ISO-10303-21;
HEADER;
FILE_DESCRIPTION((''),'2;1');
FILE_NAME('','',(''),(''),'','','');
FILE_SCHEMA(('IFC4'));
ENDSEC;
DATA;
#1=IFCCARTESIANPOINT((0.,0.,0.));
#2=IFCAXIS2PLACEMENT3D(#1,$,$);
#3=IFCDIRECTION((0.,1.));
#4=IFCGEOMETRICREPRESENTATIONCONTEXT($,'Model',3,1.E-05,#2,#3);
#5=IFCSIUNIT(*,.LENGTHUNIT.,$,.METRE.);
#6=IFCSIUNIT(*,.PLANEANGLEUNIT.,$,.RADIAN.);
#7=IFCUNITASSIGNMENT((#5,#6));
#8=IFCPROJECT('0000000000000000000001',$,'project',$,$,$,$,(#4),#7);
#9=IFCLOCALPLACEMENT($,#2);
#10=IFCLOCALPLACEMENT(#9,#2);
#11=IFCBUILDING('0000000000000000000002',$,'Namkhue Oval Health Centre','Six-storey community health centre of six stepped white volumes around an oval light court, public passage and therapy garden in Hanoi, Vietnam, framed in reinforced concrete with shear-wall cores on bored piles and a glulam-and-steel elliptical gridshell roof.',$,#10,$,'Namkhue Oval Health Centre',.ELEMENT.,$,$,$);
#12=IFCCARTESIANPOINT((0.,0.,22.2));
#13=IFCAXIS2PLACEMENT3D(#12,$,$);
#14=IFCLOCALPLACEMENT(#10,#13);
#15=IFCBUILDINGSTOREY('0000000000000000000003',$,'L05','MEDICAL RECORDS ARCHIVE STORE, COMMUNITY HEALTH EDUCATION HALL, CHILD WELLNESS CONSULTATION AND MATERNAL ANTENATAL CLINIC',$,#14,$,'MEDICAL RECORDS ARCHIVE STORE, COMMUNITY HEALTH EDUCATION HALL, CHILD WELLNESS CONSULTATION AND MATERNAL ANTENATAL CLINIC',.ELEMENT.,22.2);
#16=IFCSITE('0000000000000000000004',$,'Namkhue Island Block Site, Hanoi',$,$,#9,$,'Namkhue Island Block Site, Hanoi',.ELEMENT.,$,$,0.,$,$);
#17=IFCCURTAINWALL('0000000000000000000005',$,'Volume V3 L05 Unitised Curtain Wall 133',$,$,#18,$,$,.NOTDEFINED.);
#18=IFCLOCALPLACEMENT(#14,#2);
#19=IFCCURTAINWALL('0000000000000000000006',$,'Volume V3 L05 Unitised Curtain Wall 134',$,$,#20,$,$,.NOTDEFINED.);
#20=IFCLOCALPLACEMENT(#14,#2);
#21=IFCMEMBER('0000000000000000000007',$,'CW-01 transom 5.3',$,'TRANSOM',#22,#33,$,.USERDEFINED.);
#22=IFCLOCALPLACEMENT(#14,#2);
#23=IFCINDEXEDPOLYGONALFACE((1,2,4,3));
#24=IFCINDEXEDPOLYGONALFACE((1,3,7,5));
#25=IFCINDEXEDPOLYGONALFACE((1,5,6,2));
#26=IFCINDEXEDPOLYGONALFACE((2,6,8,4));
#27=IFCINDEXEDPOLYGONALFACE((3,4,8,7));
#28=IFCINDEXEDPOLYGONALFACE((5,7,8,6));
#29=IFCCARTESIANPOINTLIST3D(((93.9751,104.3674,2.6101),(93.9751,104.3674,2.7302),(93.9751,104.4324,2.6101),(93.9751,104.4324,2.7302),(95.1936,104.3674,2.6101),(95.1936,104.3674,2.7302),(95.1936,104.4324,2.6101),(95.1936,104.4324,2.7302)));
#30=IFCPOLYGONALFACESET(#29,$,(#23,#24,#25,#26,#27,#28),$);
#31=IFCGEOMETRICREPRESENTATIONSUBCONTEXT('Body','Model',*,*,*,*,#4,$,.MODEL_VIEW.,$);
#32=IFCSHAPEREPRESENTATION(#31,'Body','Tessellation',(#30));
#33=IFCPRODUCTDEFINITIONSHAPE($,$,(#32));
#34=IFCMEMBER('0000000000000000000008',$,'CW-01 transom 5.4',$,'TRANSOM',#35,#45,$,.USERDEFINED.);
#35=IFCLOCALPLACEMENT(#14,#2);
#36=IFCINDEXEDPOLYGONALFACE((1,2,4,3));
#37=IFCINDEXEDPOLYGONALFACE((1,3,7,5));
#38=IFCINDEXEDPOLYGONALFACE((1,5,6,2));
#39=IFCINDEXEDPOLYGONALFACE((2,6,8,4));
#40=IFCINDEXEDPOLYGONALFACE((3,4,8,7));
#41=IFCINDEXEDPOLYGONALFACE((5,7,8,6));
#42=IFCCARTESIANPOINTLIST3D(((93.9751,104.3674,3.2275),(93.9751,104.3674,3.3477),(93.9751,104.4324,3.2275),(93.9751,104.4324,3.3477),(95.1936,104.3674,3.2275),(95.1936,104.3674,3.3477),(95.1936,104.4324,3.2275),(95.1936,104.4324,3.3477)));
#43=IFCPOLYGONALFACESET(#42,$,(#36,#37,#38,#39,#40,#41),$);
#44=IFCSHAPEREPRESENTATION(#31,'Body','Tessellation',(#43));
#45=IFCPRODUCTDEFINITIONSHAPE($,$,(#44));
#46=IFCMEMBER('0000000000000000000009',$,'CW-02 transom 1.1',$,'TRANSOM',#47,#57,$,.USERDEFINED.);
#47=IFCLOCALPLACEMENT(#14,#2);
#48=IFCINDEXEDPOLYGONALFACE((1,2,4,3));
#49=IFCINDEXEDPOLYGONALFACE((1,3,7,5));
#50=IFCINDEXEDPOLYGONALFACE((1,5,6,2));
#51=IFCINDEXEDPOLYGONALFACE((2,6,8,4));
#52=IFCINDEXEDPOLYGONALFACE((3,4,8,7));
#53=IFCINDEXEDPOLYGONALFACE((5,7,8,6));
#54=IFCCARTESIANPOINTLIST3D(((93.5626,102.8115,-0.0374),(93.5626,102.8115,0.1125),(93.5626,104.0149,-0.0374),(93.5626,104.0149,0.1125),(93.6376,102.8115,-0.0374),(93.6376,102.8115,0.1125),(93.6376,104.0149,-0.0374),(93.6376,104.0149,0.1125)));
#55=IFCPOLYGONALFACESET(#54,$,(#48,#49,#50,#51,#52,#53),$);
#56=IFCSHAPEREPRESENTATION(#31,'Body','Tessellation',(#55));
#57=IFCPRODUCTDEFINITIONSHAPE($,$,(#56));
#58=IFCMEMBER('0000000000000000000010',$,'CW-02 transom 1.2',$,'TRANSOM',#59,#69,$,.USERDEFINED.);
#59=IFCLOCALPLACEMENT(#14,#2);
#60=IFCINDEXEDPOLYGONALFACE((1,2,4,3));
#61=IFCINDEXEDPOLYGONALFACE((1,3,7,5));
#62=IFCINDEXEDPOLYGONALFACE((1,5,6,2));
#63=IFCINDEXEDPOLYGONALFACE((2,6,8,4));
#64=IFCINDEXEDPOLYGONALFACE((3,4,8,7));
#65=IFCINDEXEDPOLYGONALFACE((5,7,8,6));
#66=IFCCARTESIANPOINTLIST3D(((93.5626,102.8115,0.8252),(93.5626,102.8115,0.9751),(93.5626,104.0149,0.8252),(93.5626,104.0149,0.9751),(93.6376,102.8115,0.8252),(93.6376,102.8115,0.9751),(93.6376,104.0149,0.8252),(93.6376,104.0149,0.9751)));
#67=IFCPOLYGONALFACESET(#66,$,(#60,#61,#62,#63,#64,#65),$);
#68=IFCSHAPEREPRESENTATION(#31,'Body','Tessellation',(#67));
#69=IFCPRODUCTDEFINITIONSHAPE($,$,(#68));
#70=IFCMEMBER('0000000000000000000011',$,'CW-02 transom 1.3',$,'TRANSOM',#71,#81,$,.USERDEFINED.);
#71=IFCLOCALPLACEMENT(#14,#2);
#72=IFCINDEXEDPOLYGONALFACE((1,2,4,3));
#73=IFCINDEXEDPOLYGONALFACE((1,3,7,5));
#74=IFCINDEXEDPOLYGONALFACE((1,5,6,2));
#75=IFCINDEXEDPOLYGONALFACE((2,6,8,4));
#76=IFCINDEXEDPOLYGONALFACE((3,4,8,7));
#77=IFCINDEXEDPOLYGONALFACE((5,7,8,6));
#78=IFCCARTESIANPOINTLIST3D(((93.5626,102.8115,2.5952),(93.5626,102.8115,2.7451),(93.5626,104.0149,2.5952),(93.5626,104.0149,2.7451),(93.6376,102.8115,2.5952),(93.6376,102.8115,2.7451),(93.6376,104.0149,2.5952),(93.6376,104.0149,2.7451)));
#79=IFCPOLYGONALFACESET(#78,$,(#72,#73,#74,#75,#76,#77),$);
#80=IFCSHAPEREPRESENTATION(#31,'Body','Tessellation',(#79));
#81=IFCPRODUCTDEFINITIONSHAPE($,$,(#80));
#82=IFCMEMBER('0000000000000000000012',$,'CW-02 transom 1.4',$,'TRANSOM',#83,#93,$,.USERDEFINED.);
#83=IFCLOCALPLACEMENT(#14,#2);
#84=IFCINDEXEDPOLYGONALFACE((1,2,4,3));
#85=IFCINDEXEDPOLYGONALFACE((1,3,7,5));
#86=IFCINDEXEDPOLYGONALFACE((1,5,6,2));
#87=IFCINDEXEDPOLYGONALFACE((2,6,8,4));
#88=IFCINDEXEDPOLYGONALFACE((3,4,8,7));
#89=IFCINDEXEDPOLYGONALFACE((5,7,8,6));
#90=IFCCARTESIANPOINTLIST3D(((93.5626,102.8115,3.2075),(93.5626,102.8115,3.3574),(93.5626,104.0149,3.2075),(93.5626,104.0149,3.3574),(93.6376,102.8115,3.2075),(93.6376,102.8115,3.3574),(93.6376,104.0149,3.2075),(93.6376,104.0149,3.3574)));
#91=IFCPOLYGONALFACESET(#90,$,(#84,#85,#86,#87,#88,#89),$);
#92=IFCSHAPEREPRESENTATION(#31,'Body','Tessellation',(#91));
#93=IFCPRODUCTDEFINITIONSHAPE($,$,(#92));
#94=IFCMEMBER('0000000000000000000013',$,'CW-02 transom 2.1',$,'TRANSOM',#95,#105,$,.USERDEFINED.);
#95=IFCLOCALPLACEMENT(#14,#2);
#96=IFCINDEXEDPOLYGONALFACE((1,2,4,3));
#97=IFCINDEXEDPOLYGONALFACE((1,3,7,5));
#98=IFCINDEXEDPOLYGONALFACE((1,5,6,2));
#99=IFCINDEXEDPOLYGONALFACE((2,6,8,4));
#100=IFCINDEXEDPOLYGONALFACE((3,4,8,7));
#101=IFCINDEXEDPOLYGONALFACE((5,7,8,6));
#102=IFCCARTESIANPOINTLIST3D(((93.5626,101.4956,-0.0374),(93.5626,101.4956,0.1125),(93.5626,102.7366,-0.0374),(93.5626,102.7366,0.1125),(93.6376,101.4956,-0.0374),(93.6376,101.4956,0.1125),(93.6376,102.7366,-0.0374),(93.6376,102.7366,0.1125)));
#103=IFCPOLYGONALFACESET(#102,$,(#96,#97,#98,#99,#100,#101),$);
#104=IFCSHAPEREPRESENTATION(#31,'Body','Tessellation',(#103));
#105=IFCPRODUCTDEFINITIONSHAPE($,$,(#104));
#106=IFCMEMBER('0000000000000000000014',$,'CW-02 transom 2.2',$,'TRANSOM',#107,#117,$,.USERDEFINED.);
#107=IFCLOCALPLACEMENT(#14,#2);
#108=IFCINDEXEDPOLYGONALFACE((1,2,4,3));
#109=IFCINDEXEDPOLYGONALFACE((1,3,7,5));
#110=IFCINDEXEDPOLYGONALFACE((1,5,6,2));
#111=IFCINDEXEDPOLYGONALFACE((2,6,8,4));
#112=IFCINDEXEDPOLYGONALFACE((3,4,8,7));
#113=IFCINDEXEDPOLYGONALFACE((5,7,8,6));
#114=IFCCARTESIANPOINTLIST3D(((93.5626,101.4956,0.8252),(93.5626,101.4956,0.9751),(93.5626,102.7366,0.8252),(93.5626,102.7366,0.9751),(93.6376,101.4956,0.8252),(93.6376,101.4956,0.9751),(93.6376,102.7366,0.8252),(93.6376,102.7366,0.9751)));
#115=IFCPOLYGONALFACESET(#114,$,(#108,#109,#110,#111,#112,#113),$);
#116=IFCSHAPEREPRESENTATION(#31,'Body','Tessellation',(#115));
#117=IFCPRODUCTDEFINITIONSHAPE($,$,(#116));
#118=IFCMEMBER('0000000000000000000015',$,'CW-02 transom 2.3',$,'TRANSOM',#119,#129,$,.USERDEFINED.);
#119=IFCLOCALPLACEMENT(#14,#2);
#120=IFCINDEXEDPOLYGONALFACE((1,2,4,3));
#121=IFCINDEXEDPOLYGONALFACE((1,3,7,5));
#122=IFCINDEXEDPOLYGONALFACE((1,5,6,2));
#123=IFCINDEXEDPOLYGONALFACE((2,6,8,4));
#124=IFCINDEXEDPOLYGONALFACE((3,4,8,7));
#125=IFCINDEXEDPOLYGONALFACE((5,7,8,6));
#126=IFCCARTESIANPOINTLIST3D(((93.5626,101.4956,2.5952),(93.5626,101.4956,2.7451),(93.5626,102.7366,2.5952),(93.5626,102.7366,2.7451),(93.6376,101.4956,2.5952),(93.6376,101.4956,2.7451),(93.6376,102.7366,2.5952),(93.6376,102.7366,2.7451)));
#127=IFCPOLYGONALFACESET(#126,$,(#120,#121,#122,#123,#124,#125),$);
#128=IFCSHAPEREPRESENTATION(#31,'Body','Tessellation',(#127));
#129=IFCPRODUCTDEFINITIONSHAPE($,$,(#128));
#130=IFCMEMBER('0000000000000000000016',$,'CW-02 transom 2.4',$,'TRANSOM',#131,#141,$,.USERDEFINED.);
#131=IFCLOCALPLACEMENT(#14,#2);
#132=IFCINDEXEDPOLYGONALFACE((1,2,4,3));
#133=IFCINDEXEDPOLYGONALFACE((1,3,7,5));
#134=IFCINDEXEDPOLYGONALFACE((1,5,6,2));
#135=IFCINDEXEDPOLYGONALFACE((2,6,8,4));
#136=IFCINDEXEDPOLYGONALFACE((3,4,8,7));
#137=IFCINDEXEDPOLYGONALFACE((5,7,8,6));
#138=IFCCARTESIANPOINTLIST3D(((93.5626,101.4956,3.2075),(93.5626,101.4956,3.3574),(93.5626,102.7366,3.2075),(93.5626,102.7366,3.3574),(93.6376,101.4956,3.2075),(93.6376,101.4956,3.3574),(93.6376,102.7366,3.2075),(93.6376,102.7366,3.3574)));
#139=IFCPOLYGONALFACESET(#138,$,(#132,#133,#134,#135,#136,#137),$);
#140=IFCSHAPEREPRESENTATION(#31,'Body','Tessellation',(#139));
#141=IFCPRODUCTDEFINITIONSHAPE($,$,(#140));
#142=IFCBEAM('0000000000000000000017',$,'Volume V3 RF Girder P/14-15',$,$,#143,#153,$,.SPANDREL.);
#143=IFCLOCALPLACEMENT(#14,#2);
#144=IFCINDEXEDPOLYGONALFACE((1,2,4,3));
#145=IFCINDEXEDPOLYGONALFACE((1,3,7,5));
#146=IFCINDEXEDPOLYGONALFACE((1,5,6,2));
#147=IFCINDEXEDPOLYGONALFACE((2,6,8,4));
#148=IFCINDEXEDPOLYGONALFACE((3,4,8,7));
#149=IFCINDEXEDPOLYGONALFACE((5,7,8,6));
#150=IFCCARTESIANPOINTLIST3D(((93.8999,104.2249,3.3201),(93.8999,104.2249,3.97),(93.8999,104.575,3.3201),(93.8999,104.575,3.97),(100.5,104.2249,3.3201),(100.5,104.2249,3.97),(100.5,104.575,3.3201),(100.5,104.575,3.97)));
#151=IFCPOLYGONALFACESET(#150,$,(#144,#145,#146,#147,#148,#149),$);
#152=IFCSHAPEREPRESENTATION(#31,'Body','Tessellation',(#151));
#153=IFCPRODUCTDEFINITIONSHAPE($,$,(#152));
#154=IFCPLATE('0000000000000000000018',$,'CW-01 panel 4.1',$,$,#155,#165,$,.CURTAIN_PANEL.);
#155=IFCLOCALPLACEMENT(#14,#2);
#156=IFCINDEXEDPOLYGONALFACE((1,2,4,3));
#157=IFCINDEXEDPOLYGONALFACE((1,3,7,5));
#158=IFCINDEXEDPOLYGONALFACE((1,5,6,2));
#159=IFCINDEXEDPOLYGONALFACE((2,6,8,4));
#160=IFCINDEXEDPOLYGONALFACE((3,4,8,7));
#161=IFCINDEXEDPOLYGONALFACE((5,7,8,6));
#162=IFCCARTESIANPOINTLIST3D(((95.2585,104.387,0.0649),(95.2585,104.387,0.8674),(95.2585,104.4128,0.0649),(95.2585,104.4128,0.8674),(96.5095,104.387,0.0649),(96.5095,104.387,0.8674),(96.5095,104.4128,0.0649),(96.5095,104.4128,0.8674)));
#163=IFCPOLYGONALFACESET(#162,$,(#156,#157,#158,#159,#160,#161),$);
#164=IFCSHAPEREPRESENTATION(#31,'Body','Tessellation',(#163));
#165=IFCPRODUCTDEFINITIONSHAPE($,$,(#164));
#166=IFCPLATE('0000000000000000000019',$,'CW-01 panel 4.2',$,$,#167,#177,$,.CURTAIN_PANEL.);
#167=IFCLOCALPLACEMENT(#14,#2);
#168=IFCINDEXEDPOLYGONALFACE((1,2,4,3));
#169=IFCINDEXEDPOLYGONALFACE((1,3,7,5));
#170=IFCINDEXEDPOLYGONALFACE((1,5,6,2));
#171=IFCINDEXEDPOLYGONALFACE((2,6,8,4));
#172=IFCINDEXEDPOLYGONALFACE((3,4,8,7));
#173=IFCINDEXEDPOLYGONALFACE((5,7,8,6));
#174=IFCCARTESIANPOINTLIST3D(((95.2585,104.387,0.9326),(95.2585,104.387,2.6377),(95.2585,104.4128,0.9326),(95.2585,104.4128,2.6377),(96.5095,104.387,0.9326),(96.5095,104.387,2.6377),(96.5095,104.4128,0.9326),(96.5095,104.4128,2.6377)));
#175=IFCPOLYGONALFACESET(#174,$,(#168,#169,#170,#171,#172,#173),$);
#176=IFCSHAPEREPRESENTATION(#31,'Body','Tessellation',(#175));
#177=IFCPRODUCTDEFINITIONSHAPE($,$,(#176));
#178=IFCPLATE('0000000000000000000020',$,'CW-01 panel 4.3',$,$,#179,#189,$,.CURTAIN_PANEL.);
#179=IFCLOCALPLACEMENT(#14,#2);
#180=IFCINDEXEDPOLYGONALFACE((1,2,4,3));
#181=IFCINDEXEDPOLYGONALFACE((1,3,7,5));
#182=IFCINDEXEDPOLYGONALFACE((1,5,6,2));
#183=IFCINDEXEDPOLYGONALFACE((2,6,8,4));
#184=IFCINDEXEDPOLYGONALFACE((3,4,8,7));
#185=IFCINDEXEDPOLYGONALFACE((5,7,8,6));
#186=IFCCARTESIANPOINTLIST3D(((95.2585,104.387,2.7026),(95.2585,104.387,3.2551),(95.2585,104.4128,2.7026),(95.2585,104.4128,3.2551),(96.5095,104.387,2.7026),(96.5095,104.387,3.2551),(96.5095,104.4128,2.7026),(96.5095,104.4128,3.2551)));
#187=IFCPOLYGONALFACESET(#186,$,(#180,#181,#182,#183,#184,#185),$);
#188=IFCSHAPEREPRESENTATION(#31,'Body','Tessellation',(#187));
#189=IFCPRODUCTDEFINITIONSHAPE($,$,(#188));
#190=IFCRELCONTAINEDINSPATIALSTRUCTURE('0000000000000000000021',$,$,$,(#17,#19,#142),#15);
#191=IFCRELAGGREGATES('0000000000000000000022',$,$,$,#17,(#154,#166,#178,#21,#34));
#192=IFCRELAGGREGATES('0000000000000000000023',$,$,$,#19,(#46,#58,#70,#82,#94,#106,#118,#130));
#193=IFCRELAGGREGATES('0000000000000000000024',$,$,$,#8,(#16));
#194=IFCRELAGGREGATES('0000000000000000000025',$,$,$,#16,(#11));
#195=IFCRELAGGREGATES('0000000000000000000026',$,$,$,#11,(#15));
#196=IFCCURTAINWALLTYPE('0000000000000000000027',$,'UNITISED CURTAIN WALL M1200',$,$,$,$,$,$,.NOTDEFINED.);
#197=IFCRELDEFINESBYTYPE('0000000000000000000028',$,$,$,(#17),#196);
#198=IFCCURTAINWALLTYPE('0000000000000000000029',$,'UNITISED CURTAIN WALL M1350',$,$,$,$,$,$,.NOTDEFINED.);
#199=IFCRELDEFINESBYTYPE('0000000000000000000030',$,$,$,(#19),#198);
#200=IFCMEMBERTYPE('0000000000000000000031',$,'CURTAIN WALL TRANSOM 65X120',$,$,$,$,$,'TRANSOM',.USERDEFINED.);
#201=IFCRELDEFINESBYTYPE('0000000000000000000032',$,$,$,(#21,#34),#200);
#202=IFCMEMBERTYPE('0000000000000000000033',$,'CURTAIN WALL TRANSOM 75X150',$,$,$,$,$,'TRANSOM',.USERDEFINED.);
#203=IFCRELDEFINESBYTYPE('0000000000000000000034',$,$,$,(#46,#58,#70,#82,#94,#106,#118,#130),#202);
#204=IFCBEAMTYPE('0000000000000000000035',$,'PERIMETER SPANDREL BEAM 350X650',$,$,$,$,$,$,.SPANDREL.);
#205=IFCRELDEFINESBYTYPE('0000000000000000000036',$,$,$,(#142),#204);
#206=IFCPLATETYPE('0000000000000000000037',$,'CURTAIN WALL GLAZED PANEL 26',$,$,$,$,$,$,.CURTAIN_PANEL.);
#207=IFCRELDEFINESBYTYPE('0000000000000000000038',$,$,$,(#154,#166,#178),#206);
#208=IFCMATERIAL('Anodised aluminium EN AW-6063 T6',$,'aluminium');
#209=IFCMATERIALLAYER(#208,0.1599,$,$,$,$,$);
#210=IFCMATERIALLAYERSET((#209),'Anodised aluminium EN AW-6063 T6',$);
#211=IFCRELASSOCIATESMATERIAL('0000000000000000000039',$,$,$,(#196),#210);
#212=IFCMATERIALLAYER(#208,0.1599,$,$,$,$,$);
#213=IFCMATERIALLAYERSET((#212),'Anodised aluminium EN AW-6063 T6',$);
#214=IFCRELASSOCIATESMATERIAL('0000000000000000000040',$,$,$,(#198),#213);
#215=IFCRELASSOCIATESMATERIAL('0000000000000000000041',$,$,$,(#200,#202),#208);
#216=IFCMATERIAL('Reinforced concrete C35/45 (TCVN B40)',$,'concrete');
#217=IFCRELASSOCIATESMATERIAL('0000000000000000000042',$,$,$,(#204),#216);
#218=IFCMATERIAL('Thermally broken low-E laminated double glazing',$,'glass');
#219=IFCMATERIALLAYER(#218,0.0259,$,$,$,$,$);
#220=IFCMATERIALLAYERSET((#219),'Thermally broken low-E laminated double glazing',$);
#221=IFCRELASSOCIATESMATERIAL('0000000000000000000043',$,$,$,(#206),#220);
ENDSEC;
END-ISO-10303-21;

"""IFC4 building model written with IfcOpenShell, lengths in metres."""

from ifc_helpers import new_model, si_unit, direction, frame, origin, origin_2d, place, context, subcontext, project, spatial, rectangle, extrude, material, layer, layer_set, material_profile, profile_set, type_object, element, aggregate, save


model = new_model("IFC4")

# Units and contexts
model_context = context("Model", 3, precision=1e-05, world=origin(), true_north=direction((0.0, 1.0)))
body_context = subcontext(model_context, "Body", "Model", "MODEL_VIEW")
ifc_project = project(units=[si_unit("LENGTHUNIT", "METRE"), si_unit("PLANEANGLEUNIT", "RADIAN")], contexts=[model_context])

# Site, building, storey
site_placement = place(None, origin())
site = spatial("IfcSite", under=ifc_project, at=site_placement, Name="Namkhue Island Block Site, Hanoi", LongName="Namkhue Island Block Site, Hanoi", CompositionType="ELEMENT", RefElevation=0.0)
building_placement = place(site_placement, origin())
building = spatial("IfcBuilding", under=site, at=building_placement, Name="Namkhue Oval Health Centre", Description="Six-storey community health centre of six stepped white volumes around an oval light court, public passage and therapy garden in Hanoi, Vietnam, framed in reinforced concrete with shear-wall cores on bored piles and a glulam-and-steel elliptical gridshell roof.", LongName="Namkhue Oval Health Centre", CompositionType="ELEMENT")
storey_placement = place(building_placement, frame((0.0, 0.0, 22.2)))
storey = spatial("IfcBuildingStorey", under=building, at=storey_placement, Name="L05", Description="MEDICAL RECORDS ARCHIVE STORE, COMMUNITY HEALTH EDUCATION HALL, CHILD WELLNESS CONSULTATION AND MATERNAL ANTENATAL CLINIC", LongName="MEDICAL RECORDS ARCHIVE STORE, COMMUNITY HEALTH EDUCATION HALL, CHILD WELLNESS CONSULTATION AND MATERNAL ANTENATAL CLINIC", CompositionType="ELEMENT", Elevation=22.2)

# Shared definitions
ifc_material_1 = material(Name="Reinforced concrete C35/45 (TCVN B40)", Category="concrete")

# Curtain walls
ifc_material_2 = material(Name="Anodised aluminium EN AW-6063 T6", Category="aluminium")
ifc_layer_1 = layer(ifc_material_2, 0.1599)
ifc_layer_set_1 = layer_set([ifc_layer_1], Name="Anodised aluminium EN AW-6063 T6")
curtain_wall_type_1 = type_object("IfcCurtainWallType", Name="UNITISED CURTAIN WALL M1200", PredefinedType="NOTDEFINED", material=ifc_layer_set_1)
curtain_wall_1_placement = place(storey_placement, origin())
curtain_wall_1 = element("IfcCurtainWall", 1, at=curtain_wall_1_placement, inside=storey, type_object=curtain_wall_type_1, Name="Volume V3 L05 Unitised Curtain Wall 133", PredefinedType="NOTDEFINED")
ifc_layer_2 = layer(ifc_material_2, 0.1599)
ifc_layer_set_2 = layer_set([ifc_layer_2], Name="Anodised aluminium EN AW-6063 T6")
curtain_wall_type_2 = type_object("IfcCurtainWallType", Name="UNITISED CURTAIN WALL M1350", PredefinedType="NOTDEFINED", material=ifc_layer_set_2)
curtain_wall_2_placement = place(storey_placement, origin())
curtain_wall_2 = element("IfcCurtainWall", 2, at=curtain_wall_2_placement, inside=storey, type_object=curtain_wall_type_2, Name="Volume V3 L05 Unitised Curtain Wall 134", PredefinedType="NOTDEFINED")

# Members
ifc_material_profile_1 = material_profile(ifc_material_2, rectangle(XDim=0.0649, YDim=0.1201, at=origin_2d()), Name="ALU 65x120")
ifc_profile_set_1 = profile_set([ifc_material_profile_1], Name="Anodised aluminium EN AW-6063 T6")
member_type_1 = type_object("IfcMemberType", Name="CURTAIN WALL TRANSOM 65X120", ElementType="TRANSOM", PredefinedType="USERDEFINED", material=ifc_profile_set_1)
member_1_placement = place(storey_placement, frame((95.1936, 104.3999, 2.6702), z_axis=(-1.0, 0.0, 0.0), x_axis=(0.0, -1.0, 0.0)))
member_1 = element("IfcMember", 3, at=member_1_placement, type_object=member_type_1, Name="CW-01 transom 5.3", ObjectType="TRANSOM", PredefinedType="USERDEFINED", context=body_context, shape_type="SweptSolid", body=[
    extrude(rectangle(XDim=0.0649, YDim=0.1201, at=origin_2d()), origin(), (0.0, 0.0, 1.0), 1.2185),
])
member_2_placement = place(storey_placement, frame((95.1936, 104.3999, 3.2876), z_axis=(-1.0, 0.0, 0.0), x_axis=(0.0, -1.0, 0.0)))
member_2 = element("IfcMember", 4, at=member_2_placement, type_object=member_type_1, Name="CW-01 transom 5.4", ObjectType="TRANSOM", PredefinedType="USERDEFINED", context=body_context, shape_type="SweptSolid", body=[
    extrude(rectangle(XDim=0.0649, YDim=0.1201, at=origin_2d()), origin(), (0.0, 0.0, 1.0), 1.2185),
])
ifc_material_profile_2 = material_profile(ifc_material_2, rectangle(XDim=0.075, YDim=0.1499, at=origin_2d()), Name="ALU 75x150")
ifc_profile_set_2 = profile_set([ifc_material_profile_2], Name="Anodised aluminium EN AW-6063 T6")
member_type_2 = type_object("IfcMemberType", Name="CURTAIN WALL TRANSOM 75X150", ElementType="TRANSOM", PredefinedType="USERDEFINED", material=ifc_profile_set_2)
member_3_placement = place(storey_placement, frame((93.6001, 104.0149, 0.0376), z_axis=(0.0, -1.0, 0.0), x_axis=(1.0, 0.0, 0.0)))
member_3 = element("IfcMember", 5, at=member_3_placement, type_object=member_type_2, Name="CW-02 transom 1.1", ObjectType="TRANSOM", PredefinedType="USERDEFINED", context=body_context, shape_type="SweptSolid", body=[
    extrude(rectangle(XDim=0.075, YDim=0.1499, at=origin_2d()), origin(), (0.0, 0.0, 1.0), 1.2034),
])
member_4_placement = place(storey_placement, frame((93.6001, 104.0149, 0.9001), z_axis=(0.0, -1.0, 0.0), x_axis=(1.0, 0.0, 0.0)))
member_4 = element("IfcMember", 6, at=member_4_placement, type_object=member_type_2, Name="CW-02 transom 1.2", ObjectType="TRANSOM", PredefinedType="USERDEFINED", context=body_context, shape_type="SweptSolid", body=[
    extrude(rectangle(XDim=0.075, YDim=0.1499, at=origin_2d()), origin(), (0.0, 0.0, 1.0), 1.2034),
])
member_5_placement = place(storey_placement, frame((93.6001, 104.0149, 2.6702), z_axis=(0.0, -1.0, 0.0), x_axis=(1.0, 0.0, 0.0)))
member_5 = element("IfcMember", 7, at=member_5_placement, type_object=member_type_2, Name="CW-02 transom 1.3", ObjectType="TRANSOM", PredefinedType="USERDEFINED", context=body_context, shape_type="SweptSolid", body=[
    extrude(rectangle(XDim=0.075, YDim=0.1499, at=origin_2d()), origin(), (0.0, 0.0, 1.0), 1.2034),
])
member_6_placement = place(storey_placement, frame((93.6001, 104.0149, 3.2825), z_axis=(0.0, -1.0, 0.0), x_axis=(1.0, 0.0, 0.0)))
member_6 = element("IfcMember", 8, at=member_6_placement, type_object=member_type_2, Name="CW-02 transom 1.4", ObjectType="TRANSOM", PredefinedType="USERDEFINED", context=body_context, shape_type="SweptSolid", body=[
    extrude(rectangle(XDim=0.075, YDim=0.1499, at=origin_2d()), origin(), (0.0, 0.0, 1.0), 1.2034),
])
member_7_placement = place(storey_placement, frame((93.6001, 102.7366, 0.0376), z_axis=(0.0, -1.0, 0.0), x_axis=(1.0, 0.0, 0.0)))
member_7 = element("IfcMember", 9, at=member_7_placement, type_object=member_type_2, Name="CW-02 transom 2.1", ObjectType="TRANSOM", PredefinedType="USERDEFINED", context=body_context, shape_type="SweptSolid", body=[
    extrude(rectangle(XDim=0.075, YDim=0.1499, at=origin_2d()), origin(), (0.0, 0.0, 1.0), 1.241),
])
member_8_placement = place(storey_placement, frame((93.6001, 102.7366, 0.9001), z_axis=(0.0, -1.0, 0.0), x_axis=(1.0, 0.0, 0.0)))
member_8 = element("IfcMember", 10, at=member_8_placement, type_object=member_type_2, Name="CW-02 transom 2.2", ObjectType="TRANSOM", PredefinedType="USERDEFINED", context=body_context, shape_type="SweptSolid", body=[
    extrude(rectangle(XDim=0.075, YDim=0.1499, at=origin_2d()), origin(), (0.0, 0.0, 1.0), 1.241),
])
member_9_placement = place(storey_placement, frame((93.6001, 102.7366, 2.6702), z_axis=(0.0, -1.0, 0.0), x_axis=(1.0, 0.0, 0.0)))
member_9 = element("IfcMember", 11, at=member_9_placement, type_object=member_type_2, Name="CW-02 transom 2.3", ObjectType="TRANSOM", PredefinedType="USERDEFINED", context=body_context, shape_type="SweptSolid", body=[
    extrude(rectangle(XDim=0.075, YDim=0.1499, at=origin_2d()), origin(), (0.0, 0.0, 1.0), 1.241),
])
member_10_placement = place(storey_placement, frame((93.6001, 102.7366, 3.2825), z_axis=(0.0, -1.0, 0.0), x_axis=(1.0, 0.0, 0.0)))
member_10 = element("IfcMember", 12, at=member_10_placement, type_object=member_type_2, Name="CW-02 transom 2.4", ObjectType="TRANSOM", PredefinedType="USERDEFINED", context=body_context, shape_type="SweptSolid", body=[
    extrude(rectangle(XDim=0.075, YDim=0.1499, at=origin_2d()), origin(), (0.0, 0.0, 1.0), 1.241),
])

# Beam
ifc_material_profile_3 = material_profile(ifc_material_1, rectangle(XDim=0.3501, YDim=0.6499, at=origin_2d()), Name="RC 350x650")
ifc_profile_set_3 = profile_set([ifc_material_profile_3], Name="Reinforced concrete C35/45 (TCVN B40)")
beam_type = type_object("IfcBeamType", Name="PERIMETER SPANDREL BEAM 350X650", PredefinedType="SPANDREL", material=ifc_profile_set_3)
beam_placement = place(storey_placement, frame((93.8999, 104.3999, 3.645), z_axis=(1.0, 0.0, 0.0), x_axis=(0.0, 1.0, 0.0)))
element("IfcBeam", 13, at=beam_placement, inside=storey, type_object=beam_type, Name="Volume V3 RF Girder P/14-15", PredefinedType="SPANDREL", context=body_context, shape_type="SweptSolid", body=[
    extrude(rectangle(XDim=0.3501, YDim=0.6499, at=origin_2d()), origin(), (0.0, 0.0, 1.0), 6.6001),
])

# Plates
ifc_material_3 = material(Name="Thermally broken low-E laminated double glazing", Category="glass")
ifc_layer_3 = layer(ifc_material_3, 0.0259)
ifc_layer_set_3 = layer_set([ifc_layer_3], Name="Thermally broken low-E laminated double glazing")
plate_type_1 = type_object("IfcPlateType", Name="CURTAIN WALL GLAZED PANEL 26", PredefinedType="CURTAIN_PANEL", material=ifc_layer_set_3)
plate_1_placement = place(storey_placement, frame((95.884, 104.3999, 0.0649), z_axis=(0.0, 0.0, 1.0), x_axis=(-1.0, 0.0, 0.0)))
plate_1 = element("IfcPlate", 14, at=plate_1_placement, type_object=plate_type_1, Name="CW-01 panel 4.1", PredefinedType="CURTAIN_PANEL", context=body_context, shape_type="SweptSolid", body=[
    extrude(rectangle(XDim=1.251, YDim=0.0259, at=origin_2d()), origin(), (0.0, 0.0, 1.0), 0.8025),
])
plate_2_placement = place(storey_placement, frame((95.884, 104.3999, 0.9326), z_axis=(0.0, 0.0, 1.0), x_axis=(-1.0, 0.0, 0.0)))
plate_2 = element("IfcPlate", 15, at=plate_2_placement, type_object=plate_type_1, Name="CW-01 panel 4.2", PredefinedType="CURTAIN_PANEL", context=body_context, shape_type="SweptSolid", body=[
    extrude(rectangle(XDim=1.251, YDim=0.0259, at=origin_2d()), origin(), (0.0, 0.0, 1.0), 1.7051),
])
plate_3_placement = place(storey_placement, frame((95.884, 104.3999, 2.7026), z_axis=(0.0, 0.0, 1.0), x_axis=(-1.0, 0.0, 0.0)))
plate_3 = element("IfcPlate", 16, at=plate_3_placement, type_object=plate_type_1, Name="CW-01 panel 4.3", PredefinedType="CURTAIN_PANEL", context=body_context, shape_type="SweptSolid", body=[
    extrude(rectangle(XDim=1.251, YDim=0.0259, at=origin_2d()), origin(), (0.0, 0.0, 1.0), 0.5525),
])
aggregate(curtain_wall_1, [plate_1, plate_2, plate_3, member_1, member_2])
aggregate(curtain_wall_2, [member_3, member_4, member_5, member_6, member_7, member_8, member_9, member_10])

save(model, "model.ifc")
